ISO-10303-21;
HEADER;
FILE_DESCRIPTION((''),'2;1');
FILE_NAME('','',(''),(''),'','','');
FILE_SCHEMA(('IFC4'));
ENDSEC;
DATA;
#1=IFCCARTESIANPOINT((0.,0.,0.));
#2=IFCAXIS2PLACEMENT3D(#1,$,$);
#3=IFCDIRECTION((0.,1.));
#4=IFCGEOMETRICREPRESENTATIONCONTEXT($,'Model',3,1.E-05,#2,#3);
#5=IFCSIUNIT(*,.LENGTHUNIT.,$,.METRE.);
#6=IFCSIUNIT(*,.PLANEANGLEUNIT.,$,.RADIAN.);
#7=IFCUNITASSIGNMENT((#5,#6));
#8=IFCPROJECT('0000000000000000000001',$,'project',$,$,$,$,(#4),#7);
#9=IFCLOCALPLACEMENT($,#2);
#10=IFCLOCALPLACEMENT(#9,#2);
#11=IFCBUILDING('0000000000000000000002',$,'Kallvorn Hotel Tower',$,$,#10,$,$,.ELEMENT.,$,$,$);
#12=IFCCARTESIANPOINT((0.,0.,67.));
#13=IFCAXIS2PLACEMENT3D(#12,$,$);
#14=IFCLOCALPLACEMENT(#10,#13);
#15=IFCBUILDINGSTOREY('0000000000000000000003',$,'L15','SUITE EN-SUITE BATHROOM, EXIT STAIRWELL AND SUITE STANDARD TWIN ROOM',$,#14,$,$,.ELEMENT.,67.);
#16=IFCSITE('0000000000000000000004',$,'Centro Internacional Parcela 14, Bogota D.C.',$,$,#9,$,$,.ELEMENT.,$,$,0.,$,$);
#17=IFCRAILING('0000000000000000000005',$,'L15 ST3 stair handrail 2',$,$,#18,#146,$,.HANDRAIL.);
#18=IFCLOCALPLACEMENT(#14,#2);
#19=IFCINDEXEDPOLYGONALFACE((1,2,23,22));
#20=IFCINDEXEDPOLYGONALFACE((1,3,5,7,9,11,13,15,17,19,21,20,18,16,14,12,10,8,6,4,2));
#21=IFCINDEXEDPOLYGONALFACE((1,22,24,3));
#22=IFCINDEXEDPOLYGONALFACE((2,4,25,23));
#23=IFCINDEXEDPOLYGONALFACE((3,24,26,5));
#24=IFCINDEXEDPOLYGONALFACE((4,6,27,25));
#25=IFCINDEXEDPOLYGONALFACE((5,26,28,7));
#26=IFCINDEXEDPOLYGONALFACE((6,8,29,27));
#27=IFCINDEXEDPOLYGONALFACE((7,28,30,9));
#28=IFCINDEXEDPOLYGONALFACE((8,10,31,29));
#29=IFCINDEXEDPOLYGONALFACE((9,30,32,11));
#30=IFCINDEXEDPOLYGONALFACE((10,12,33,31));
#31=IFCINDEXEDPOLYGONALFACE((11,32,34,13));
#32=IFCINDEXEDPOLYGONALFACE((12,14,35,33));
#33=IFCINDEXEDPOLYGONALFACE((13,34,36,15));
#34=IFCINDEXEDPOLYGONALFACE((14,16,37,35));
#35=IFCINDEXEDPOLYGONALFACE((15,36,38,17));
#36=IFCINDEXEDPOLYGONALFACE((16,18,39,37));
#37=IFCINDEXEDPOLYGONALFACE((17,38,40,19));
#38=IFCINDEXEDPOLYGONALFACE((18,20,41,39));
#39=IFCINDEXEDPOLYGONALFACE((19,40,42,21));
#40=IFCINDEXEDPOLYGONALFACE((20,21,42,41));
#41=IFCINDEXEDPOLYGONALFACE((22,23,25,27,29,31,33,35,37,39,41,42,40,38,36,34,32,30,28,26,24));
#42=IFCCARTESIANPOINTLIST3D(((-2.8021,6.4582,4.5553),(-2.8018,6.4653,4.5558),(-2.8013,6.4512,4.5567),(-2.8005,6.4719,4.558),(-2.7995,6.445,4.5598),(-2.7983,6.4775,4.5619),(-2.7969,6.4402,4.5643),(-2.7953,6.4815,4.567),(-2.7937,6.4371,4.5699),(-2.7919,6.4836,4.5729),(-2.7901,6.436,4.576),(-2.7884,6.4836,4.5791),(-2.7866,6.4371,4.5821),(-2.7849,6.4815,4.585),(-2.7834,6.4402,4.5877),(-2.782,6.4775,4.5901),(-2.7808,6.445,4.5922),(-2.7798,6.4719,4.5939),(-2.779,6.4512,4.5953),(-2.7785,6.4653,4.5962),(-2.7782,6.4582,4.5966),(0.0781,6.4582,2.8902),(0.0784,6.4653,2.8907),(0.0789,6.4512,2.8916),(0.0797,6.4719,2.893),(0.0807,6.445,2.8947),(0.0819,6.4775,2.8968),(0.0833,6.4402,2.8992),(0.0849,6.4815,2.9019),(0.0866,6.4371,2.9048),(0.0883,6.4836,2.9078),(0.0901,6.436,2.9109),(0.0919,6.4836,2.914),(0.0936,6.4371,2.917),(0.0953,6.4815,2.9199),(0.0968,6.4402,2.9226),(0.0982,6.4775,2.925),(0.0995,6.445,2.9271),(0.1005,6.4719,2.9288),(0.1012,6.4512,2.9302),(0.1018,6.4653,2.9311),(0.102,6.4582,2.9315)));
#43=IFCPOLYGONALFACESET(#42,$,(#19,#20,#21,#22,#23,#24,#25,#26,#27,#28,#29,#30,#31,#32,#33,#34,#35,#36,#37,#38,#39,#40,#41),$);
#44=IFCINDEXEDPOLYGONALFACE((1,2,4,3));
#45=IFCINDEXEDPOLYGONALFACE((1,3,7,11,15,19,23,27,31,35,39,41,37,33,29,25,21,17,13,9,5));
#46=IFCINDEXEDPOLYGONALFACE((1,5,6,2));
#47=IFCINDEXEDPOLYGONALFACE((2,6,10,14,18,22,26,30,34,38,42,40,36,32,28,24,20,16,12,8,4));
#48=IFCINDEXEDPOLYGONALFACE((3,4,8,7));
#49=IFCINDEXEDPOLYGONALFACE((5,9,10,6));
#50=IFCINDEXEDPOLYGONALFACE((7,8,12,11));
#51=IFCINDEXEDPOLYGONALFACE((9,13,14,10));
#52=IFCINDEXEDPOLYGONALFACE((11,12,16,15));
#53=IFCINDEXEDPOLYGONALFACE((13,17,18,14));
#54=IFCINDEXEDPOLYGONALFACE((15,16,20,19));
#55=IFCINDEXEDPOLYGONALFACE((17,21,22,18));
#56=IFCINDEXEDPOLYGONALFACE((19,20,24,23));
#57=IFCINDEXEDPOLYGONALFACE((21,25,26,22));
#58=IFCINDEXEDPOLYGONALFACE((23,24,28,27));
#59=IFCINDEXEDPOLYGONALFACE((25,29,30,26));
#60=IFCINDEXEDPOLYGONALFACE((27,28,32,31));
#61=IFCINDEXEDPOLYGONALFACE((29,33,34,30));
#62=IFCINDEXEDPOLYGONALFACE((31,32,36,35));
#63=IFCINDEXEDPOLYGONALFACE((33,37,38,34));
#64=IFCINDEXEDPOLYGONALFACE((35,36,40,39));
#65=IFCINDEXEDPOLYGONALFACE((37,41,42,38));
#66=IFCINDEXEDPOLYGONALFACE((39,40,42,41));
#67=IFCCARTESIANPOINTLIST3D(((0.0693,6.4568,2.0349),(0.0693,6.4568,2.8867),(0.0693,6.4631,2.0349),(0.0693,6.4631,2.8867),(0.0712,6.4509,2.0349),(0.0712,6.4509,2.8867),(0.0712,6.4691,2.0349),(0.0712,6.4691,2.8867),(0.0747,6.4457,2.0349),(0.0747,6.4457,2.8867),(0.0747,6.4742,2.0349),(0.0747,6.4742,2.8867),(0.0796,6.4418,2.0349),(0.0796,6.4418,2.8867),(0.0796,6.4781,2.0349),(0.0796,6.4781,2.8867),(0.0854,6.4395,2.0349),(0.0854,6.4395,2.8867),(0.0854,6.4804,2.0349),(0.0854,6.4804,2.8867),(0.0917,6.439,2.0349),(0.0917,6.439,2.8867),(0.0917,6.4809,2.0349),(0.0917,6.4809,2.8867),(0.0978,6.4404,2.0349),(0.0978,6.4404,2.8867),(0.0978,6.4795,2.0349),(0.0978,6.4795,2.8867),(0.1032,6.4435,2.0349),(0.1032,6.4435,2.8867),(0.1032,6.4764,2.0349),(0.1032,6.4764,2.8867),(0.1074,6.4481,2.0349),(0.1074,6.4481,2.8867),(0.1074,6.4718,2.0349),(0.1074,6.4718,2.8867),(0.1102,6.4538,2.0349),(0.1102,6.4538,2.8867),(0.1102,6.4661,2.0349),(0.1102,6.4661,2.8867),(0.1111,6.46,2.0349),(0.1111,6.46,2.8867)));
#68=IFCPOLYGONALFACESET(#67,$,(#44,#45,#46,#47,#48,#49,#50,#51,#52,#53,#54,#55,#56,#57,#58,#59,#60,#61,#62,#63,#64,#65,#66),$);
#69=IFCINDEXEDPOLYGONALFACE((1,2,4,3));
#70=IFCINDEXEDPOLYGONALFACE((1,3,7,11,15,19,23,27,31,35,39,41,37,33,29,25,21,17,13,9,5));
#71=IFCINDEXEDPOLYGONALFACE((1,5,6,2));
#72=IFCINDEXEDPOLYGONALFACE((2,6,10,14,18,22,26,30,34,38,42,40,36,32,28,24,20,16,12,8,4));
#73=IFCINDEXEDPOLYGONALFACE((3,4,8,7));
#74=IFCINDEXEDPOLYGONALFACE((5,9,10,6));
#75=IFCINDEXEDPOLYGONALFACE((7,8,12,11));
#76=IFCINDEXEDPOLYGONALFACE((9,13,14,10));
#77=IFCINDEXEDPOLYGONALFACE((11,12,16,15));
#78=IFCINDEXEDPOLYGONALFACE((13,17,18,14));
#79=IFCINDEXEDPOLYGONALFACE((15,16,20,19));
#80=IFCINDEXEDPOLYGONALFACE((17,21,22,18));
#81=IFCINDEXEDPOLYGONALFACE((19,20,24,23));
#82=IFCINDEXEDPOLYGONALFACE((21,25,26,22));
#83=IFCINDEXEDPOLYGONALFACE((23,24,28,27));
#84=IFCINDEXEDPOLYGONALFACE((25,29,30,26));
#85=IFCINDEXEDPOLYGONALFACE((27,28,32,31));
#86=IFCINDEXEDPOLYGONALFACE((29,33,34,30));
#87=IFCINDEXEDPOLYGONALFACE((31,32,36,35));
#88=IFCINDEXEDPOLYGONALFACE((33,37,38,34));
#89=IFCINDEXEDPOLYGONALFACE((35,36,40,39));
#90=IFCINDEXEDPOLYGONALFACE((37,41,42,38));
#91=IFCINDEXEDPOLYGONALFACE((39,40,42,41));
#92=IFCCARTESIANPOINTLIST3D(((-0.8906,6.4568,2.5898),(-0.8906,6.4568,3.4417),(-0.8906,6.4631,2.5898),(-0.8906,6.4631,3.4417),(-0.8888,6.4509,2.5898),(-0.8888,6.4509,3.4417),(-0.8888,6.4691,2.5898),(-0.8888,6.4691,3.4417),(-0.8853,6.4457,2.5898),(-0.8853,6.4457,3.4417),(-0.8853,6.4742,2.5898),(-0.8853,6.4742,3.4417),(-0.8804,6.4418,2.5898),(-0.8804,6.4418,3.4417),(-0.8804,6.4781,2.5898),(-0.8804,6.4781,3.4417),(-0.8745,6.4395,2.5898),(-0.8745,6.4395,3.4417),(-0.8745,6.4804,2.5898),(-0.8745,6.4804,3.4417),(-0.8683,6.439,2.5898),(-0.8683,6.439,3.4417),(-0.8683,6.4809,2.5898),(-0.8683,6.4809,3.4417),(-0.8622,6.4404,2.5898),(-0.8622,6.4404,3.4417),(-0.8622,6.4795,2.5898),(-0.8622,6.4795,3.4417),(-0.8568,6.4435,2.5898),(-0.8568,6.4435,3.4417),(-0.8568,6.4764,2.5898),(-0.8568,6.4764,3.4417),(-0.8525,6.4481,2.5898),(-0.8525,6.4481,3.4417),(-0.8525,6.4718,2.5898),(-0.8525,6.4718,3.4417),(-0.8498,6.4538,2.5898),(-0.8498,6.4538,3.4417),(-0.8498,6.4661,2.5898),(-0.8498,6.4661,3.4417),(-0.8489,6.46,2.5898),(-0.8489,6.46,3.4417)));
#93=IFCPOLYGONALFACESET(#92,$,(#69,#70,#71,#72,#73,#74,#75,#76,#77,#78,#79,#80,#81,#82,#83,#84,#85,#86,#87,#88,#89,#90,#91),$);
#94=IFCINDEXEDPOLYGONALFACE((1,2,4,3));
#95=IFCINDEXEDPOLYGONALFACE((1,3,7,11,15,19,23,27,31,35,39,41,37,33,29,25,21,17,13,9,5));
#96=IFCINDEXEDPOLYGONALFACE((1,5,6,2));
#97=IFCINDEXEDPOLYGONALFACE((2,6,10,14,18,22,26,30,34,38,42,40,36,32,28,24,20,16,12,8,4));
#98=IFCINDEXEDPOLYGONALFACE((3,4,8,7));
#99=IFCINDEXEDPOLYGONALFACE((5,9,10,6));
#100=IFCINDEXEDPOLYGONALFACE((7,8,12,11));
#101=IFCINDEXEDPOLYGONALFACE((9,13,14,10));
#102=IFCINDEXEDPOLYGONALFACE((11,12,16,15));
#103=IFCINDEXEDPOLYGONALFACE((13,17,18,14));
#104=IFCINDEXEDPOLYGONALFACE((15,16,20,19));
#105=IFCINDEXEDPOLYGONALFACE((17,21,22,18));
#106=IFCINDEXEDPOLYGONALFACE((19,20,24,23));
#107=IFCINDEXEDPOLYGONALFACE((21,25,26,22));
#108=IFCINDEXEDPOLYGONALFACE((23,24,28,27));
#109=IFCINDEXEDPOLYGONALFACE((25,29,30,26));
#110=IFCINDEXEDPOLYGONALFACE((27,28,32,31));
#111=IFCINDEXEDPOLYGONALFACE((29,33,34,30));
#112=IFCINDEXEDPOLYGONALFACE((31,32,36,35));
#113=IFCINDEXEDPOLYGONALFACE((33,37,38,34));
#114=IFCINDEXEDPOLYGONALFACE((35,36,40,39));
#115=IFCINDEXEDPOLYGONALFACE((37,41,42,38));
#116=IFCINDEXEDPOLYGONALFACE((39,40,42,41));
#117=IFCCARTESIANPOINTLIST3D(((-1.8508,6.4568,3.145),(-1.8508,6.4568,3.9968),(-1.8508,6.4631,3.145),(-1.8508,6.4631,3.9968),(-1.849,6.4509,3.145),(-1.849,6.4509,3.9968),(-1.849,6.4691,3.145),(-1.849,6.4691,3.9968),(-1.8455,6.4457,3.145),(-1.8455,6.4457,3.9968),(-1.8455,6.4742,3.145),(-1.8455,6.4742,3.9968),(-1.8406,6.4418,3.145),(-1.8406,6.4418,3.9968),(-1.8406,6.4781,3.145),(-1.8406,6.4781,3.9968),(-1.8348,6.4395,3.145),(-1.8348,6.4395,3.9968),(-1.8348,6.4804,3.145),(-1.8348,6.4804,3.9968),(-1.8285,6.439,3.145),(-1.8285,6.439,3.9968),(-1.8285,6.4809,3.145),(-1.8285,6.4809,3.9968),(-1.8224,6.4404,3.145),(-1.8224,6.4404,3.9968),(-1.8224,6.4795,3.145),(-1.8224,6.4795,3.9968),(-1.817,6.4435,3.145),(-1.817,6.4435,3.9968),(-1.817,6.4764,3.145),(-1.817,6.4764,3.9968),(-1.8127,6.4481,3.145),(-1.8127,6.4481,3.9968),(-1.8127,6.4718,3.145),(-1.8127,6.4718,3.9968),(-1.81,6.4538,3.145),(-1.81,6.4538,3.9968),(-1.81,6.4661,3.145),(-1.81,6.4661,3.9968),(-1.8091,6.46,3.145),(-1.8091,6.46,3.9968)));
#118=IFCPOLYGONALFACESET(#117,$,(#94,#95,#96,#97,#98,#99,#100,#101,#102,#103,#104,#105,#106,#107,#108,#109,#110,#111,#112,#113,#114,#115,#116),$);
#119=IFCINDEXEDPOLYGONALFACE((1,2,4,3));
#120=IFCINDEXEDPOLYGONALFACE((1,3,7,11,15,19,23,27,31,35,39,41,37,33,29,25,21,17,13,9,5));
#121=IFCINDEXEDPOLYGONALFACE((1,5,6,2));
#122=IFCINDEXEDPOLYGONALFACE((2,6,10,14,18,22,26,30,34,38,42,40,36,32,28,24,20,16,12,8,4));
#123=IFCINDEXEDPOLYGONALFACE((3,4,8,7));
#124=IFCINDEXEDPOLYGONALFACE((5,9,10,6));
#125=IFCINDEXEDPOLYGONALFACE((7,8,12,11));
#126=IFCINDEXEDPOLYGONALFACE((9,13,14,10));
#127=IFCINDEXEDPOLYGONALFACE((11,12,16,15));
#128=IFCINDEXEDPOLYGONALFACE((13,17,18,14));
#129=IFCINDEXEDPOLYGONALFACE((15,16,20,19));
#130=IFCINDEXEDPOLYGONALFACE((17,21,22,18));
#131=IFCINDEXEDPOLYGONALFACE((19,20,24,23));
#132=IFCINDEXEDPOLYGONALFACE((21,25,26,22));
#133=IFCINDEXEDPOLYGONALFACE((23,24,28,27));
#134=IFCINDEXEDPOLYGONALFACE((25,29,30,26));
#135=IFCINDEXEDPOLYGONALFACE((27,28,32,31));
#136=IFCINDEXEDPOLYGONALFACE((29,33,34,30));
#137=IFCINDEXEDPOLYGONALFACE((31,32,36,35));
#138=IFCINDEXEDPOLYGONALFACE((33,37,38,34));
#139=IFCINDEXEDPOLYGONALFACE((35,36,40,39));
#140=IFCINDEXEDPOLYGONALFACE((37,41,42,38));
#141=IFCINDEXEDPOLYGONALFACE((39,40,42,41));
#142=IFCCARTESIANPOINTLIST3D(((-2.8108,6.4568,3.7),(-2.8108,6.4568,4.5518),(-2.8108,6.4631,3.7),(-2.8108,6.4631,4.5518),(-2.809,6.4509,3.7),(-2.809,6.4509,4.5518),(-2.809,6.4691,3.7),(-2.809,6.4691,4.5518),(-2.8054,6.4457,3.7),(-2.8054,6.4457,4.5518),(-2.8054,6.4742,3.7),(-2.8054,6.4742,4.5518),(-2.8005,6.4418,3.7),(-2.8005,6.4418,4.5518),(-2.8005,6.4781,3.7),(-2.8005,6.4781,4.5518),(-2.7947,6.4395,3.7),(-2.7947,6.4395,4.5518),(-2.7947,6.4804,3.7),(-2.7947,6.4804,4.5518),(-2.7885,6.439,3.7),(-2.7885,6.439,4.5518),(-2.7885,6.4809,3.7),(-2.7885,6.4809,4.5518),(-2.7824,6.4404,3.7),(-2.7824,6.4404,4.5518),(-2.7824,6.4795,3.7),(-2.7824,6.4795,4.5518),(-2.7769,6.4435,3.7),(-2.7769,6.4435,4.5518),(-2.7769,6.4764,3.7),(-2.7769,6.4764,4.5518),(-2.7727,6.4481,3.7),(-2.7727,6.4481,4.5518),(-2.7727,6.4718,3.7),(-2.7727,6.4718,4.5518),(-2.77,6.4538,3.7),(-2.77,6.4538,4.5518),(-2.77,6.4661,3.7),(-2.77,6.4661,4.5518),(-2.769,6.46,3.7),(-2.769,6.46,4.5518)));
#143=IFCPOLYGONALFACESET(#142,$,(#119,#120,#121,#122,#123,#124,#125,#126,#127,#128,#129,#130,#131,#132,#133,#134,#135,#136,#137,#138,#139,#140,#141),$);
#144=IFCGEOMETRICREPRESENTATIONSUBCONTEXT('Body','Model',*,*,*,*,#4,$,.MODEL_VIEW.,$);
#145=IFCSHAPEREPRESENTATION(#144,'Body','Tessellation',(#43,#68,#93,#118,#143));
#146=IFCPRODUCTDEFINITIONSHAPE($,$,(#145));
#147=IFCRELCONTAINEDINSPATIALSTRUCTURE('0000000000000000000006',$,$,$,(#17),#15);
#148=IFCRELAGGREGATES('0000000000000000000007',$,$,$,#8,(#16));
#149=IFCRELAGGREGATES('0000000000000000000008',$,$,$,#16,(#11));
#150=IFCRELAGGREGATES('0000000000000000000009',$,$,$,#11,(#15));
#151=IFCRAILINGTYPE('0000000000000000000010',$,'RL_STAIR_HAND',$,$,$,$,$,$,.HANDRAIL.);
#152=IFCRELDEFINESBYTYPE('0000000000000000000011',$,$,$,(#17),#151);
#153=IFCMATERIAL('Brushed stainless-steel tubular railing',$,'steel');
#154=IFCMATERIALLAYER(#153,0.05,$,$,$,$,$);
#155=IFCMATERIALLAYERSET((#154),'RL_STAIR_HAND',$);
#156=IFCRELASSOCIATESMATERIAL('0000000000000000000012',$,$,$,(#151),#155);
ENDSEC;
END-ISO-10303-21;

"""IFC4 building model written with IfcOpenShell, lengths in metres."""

from ifc_helpers import new_model, si_unit, direction, frame, origin, origin_2d, place, context, subcontext, project, spatial, circle, extrude, material, layer, layer_set, type_object, element, save


model = new_model("IFC4")

# Units and contexts
model_context = context("Model", 3, precision=1e-05, world=origin(), true_north=direction((0.0, 1.0)))
body_context = subcontext(model_context, "Body", "Model", "MODEL_VIEW")
ifc_project = project(units=[si_unit("LENGTHUNIT", "METRE"), si_unit("PLANEANGLEUNIT", "RADIAN")], contexts=[model_context])

# Site, building, storey
site_placement = place(None, origin())
site = spatial("IfcSite", under=ifc_project, at=site_placement, Name="Centro Internacional Parcela 14, Bogota D.C.", CompositionType="ELEMENT", RefElevation=0.0)
building_placement = place(site_placement, origin())
building = spatial("IfcBuilding", under=site, at=building_placement, Name="Kallvorn Hotel Tower", CompositionType="ELEMENT")
storey_placement = place(building_placement, frame((0.0, 0.0, 67.0)))
storey = spatial("IfcBuildingStorey", under=building, at=storey_placement, Name="L15", Description="SUITE EN-SUITE BATHROOM, EXIT STAIRWELL AND SUITE STANDARD TWIN ROOM", CompositionType="ELEMENT", Elevation=67.0)

# Railing
ifc_material_1 = material(Name="Brushed stainless-steel tubular railing", Category="steel")
ifc_layer_1 = layer(ifc_material_1, 0.05)
ifc_layer_set_1 = layer_set([ifc_layer_1], Name="RL_STAIR_HAND")
railing_type_1 = type_object("IfcRailingType", Name="RL_STAIR_HAND", PredefinedType="HANDRAIL", material=ifc_layer_set_1)
railing_1_placement = place(storey_placement, frame((0.0901, 6.46, 2.0349)))
element("IfcRailing", 1, at=railing_1_placement, inside=storey, type_object=railing_type_1, Name="L15 ST3 stair handrail 2", PredefinedType="HANDRAIL", context=body_context, shape_type="SweptSolid", body=[
    extrude(circle(Radius=0.0239, at=origin_2d()), frame((0.0, 0.0, 0.876), z_axis=(-0.865739, 0.0, 0.500495), x_axis=(0.0, -1.0, 0.0)), (0.0, 0.0, 1.0), 3.3269),
    extrude(circle(Radius=0.021, at=origin_2d()), origin(), (0.0, 0.0, 1.0), 0.8518),
    extrude(circle(Radius=0.021, at=origin_2d()), frame((-0.96, 0.0, 0.5549)), (0.0, 0.0, 1.0), 0.8518),
    extrude(circle(Radius=0.021, at=origin_2d()), frame((-1.9202, 0.0, 1.1101)), (0.0, 0.0, 1.0), 0.8518),
    extrude(circle(Radius=0.021, at=origin_2d()), frame((-2.8801, 0.0, 1.665)), (0.0, 0.0, 1.0), 0.8518),
])

save(model, "model.ifc")
